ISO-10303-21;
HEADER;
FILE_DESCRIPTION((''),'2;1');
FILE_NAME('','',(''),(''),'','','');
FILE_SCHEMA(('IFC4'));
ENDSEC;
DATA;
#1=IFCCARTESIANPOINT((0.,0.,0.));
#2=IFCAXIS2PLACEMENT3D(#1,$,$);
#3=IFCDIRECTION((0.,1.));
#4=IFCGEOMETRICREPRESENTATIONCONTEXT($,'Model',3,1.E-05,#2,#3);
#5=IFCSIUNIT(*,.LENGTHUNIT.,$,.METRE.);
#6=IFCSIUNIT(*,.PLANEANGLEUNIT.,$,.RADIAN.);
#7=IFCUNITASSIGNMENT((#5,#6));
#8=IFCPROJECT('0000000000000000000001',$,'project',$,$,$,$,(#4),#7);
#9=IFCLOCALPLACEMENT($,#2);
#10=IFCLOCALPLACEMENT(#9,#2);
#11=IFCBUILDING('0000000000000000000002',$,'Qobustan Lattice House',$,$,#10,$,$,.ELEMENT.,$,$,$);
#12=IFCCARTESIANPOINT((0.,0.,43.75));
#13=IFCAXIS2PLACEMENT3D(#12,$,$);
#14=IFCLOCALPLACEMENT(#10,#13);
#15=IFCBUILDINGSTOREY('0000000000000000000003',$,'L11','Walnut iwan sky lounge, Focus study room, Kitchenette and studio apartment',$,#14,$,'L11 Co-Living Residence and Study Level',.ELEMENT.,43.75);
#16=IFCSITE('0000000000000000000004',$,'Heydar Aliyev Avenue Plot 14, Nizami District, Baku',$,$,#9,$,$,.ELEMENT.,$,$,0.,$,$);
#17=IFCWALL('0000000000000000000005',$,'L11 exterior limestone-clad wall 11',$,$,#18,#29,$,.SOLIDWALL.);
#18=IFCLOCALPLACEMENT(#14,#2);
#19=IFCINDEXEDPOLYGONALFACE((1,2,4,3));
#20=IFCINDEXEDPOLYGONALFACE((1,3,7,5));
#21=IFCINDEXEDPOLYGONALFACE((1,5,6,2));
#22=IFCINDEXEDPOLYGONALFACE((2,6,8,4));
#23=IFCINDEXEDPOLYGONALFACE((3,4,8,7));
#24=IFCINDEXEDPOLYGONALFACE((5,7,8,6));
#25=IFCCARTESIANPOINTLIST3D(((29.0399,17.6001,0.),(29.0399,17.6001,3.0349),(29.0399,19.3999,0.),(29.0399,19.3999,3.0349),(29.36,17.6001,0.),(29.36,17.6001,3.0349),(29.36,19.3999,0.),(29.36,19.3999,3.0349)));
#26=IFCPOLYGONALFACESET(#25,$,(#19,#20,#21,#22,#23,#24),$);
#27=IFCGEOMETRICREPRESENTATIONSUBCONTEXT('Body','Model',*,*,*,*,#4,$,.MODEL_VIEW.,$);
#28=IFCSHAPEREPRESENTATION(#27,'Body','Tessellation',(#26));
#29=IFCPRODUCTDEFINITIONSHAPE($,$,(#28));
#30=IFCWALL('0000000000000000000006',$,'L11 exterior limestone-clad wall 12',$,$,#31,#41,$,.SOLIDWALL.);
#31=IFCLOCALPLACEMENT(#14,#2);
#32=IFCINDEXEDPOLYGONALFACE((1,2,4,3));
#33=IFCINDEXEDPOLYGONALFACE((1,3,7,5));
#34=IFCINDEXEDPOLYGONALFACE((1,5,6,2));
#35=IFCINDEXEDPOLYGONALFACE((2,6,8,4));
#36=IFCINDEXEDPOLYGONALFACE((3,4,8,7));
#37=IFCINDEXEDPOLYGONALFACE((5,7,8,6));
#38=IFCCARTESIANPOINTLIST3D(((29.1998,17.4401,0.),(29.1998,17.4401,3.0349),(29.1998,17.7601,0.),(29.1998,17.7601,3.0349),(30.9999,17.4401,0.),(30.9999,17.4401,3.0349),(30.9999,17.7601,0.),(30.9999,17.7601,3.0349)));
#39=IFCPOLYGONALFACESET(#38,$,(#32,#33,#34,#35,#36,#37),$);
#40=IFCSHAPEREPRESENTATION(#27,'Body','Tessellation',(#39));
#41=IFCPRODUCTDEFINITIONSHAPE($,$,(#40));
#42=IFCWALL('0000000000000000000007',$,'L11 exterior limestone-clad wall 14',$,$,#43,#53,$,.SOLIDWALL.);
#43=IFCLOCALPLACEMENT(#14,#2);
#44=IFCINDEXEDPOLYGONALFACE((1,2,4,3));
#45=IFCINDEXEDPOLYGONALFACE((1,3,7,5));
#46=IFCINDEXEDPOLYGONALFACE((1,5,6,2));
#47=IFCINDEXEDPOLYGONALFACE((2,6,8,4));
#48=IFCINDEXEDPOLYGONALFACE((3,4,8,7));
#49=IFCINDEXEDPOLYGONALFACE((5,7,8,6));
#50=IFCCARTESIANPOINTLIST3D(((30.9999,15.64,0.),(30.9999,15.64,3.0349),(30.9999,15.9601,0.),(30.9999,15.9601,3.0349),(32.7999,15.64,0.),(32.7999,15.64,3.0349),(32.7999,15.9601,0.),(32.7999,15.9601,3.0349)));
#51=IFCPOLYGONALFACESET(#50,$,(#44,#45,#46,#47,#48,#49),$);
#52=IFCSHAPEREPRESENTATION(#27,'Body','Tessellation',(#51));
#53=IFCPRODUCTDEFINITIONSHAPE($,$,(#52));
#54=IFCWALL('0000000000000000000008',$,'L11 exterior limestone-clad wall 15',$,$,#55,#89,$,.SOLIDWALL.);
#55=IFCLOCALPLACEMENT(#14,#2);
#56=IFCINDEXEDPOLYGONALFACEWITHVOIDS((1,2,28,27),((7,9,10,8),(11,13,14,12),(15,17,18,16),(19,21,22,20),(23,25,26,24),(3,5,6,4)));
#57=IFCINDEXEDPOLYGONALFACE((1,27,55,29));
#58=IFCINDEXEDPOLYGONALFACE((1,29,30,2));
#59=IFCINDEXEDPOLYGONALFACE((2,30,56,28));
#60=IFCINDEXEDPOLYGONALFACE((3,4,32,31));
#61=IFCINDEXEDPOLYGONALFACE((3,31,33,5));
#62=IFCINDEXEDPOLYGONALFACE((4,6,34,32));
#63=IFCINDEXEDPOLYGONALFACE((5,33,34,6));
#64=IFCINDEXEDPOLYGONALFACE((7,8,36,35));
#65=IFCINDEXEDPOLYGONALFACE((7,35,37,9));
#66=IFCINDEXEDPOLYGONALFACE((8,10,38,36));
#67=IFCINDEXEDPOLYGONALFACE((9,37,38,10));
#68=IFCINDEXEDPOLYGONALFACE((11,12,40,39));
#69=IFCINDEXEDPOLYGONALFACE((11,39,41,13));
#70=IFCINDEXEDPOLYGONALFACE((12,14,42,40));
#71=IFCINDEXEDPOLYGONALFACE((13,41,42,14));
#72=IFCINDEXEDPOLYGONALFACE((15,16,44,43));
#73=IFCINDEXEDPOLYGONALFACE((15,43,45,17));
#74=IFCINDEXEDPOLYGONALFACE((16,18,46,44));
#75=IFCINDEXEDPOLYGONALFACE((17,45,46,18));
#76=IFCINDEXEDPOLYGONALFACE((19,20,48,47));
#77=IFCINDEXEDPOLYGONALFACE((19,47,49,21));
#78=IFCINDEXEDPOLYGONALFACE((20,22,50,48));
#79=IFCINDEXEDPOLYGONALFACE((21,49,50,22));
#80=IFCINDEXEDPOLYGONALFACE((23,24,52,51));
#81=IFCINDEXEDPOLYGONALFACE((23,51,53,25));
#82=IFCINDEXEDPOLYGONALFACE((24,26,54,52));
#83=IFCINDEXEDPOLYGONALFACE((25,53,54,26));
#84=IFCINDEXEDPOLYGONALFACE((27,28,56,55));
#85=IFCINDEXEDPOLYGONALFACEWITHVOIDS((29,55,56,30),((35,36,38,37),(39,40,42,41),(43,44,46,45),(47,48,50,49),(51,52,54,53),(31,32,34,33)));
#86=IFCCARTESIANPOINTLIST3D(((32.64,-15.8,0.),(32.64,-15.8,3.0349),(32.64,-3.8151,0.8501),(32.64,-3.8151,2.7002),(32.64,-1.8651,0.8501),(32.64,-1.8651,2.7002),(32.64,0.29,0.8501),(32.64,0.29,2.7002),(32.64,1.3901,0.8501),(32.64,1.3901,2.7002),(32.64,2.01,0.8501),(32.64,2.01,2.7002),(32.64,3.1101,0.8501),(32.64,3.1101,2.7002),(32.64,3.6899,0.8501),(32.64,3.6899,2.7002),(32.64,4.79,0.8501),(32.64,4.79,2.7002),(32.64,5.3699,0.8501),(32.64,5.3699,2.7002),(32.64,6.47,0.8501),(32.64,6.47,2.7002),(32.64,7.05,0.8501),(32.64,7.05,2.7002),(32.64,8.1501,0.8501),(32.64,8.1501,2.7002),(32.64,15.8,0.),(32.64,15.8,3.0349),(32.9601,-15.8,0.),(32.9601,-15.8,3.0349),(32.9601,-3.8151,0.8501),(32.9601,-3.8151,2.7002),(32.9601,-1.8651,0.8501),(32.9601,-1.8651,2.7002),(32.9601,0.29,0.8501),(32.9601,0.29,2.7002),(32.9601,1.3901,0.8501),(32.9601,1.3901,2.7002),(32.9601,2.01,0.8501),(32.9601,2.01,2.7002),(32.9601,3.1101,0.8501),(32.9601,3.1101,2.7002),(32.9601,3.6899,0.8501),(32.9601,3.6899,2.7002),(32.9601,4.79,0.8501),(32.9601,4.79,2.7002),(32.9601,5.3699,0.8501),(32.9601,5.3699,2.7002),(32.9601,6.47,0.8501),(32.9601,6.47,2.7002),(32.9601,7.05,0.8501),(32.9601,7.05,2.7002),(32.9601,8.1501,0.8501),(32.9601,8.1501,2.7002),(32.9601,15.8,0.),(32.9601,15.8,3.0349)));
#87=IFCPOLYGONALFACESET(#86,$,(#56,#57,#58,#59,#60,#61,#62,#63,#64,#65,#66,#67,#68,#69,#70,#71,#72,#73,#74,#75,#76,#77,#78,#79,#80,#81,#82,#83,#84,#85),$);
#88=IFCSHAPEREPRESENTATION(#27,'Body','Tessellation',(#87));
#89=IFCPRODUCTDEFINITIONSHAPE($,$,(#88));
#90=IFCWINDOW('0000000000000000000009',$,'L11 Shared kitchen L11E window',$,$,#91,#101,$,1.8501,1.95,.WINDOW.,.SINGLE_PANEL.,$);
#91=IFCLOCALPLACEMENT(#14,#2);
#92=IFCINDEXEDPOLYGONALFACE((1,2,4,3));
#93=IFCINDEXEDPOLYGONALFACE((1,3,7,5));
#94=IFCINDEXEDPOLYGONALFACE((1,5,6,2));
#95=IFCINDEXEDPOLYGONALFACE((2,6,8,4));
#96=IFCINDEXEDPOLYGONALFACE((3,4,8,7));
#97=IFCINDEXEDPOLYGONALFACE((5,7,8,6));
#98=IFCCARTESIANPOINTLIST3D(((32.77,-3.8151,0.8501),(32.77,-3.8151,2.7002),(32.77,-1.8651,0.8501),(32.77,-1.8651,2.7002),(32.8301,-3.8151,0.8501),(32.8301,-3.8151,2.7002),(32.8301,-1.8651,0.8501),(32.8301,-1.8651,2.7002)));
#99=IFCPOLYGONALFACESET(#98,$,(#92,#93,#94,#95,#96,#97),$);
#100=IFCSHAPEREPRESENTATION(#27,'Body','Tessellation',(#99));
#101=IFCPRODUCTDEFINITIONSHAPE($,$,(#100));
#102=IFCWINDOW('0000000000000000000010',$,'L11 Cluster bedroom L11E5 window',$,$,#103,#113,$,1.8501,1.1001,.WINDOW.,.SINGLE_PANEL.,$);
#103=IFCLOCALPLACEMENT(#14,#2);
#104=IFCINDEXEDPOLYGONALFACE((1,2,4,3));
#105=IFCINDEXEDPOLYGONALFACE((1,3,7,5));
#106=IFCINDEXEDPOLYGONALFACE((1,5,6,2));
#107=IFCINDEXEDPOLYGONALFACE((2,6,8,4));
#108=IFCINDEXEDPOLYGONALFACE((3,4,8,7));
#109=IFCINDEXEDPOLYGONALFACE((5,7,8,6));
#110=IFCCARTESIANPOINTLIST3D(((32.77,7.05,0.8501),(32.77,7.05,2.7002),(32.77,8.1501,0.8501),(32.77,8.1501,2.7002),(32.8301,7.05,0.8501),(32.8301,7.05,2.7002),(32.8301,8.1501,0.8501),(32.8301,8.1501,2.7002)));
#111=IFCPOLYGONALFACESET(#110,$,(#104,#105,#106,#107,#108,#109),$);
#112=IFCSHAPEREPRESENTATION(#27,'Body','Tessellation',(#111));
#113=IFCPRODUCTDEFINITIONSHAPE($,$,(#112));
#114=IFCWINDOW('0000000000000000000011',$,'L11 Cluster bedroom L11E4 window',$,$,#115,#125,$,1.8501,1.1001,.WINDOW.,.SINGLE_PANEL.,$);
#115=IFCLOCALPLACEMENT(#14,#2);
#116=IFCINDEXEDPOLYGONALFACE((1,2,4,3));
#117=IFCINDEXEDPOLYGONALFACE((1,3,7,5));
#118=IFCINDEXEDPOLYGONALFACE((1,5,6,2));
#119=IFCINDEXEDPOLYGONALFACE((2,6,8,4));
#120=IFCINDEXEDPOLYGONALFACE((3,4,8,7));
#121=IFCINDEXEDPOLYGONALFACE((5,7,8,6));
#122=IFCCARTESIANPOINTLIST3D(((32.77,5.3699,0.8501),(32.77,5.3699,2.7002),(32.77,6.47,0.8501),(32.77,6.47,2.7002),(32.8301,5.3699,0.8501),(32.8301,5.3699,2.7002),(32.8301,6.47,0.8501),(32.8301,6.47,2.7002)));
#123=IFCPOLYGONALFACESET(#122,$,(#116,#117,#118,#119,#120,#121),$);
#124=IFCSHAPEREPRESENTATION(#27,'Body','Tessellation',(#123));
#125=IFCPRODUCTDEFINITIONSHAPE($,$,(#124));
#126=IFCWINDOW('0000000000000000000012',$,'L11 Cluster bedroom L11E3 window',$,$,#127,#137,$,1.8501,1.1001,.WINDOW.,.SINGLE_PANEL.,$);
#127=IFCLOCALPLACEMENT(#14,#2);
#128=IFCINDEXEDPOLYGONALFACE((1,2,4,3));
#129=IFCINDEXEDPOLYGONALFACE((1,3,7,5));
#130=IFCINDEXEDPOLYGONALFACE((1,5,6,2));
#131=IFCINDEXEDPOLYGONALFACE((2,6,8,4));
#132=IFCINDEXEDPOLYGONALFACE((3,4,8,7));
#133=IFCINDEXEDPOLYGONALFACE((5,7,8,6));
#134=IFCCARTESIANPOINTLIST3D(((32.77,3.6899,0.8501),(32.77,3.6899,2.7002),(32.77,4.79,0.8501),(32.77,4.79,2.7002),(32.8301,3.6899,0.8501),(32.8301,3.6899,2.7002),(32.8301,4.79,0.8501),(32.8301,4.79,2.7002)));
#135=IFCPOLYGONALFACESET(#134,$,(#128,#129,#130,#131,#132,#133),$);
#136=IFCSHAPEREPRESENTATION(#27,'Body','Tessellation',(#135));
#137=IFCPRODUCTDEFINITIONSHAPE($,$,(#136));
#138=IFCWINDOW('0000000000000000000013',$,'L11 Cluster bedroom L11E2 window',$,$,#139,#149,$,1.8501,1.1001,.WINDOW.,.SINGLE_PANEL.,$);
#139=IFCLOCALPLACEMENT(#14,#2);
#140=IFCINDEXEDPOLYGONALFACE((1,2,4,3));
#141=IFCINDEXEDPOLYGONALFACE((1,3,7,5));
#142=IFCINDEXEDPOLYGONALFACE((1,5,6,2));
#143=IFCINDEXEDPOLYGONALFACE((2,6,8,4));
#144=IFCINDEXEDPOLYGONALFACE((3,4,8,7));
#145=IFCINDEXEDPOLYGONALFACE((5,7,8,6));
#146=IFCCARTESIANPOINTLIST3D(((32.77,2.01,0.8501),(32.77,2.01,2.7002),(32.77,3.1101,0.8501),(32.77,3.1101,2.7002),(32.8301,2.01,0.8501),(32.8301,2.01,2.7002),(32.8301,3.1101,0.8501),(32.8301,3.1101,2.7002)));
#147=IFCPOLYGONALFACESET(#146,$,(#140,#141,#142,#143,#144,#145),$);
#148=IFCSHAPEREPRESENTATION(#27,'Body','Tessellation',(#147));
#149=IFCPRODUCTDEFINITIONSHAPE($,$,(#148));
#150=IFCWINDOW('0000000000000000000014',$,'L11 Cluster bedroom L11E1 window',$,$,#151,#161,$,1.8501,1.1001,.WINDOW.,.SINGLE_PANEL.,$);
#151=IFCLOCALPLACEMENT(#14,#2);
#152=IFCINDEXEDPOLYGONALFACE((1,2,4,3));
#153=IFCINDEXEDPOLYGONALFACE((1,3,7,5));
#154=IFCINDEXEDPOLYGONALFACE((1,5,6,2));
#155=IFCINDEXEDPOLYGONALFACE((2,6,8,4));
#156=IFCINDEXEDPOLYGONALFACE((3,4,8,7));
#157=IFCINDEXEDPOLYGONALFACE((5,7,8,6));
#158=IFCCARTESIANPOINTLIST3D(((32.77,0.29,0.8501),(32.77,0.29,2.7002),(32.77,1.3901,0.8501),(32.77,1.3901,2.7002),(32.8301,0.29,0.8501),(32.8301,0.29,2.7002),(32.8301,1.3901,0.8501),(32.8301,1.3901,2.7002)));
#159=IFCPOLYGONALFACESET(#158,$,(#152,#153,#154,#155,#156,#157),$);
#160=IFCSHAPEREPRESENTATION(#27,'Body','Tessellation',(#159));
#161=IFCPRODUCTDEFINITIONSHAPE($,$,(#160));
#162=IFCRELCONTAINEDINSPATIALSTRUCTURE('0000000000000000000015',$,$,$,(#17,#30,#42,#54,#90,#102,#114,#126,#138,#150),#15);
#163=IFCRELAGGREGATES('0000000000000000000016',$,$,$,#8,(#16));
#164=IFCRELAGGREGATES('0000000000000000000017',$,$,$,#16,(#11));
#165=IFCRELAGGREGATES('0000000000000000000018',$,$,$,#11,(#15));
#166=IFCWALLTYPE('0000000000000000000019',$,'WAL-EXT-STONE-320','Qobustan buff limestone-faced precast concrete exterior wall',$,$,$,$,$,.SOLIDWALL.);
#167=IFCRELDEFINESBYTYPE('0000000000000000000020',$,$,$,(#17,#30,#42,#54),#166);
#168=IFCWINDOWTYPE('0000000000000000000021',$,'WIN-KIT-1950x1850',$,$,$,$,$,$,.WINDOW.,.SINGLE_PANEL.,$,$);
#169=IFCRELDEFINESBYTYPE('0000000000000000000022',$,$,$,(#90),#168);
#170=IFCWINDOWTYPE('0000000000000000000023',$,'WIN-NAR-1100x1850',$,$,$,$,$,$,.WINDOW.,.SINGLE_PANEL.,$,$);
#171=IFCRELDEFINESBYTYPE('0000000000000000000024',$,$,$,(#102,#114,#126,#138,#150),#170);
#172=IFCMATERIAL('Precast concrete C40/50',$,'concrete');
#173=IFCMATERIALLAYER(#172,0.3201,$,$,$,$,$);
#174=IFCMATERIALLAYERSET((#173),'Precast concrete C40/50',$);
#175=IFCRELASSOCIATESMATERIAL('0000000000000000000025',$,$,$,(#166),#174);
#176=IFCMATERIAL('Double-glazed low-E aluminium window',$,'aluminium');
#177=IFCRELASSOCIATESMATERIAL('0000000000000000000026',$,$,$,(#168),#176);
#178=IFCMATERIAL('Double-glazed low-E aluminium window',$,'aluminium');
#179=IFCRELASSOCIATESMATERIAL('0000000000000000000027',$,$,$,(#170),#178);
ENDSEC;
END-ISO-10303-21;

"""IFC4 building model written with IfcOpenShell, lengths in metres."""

from ifc_helpers import new_model, si_unit, direction, frame, frame_2d, origin, place, context, subcontext, project, spatial, rectangle, extrude, material, layer, layer_set, type_object, element, fill, save


model = new_model("IFC4")

# Units and contexts
model_context = context("Model", 3, precision=1e-05, world=origin(), true_north=direction((0.0, 1.0)))
body_context = subcontext(model_context, "Body", "Model", "MODEL_VIEW")
ifc_project = project(units=[si_unit("LENGTHUNIT", "METRE"), si_unit("PLANEANGLEUNIT", "RADIAN")], contexts=[model_context])

# Site, building, storey
site_placement = place(None, origin())
site = spatial("IfcSite", under=ifc_project, at=site_placement, Name="Heydar Aliyev Avenue Plot 14, Nizami District, Baku", CompositionType="ELEMENT", RefElevation=0.0)
building_placement = place(site_placement, origin())
building = spatial("IfcBuilding", under=site, at=building_placement, Name="Qobustan Lattice House", CompositionType="ELEMENT")
storey_placement = place(building_placement, frame((0.0, 0.0, 43.75)))
storey = spatial("IfcBuildingStorey", under=building, at=storey_placement, Name="L11", Description="Walnut iwan sky lounge, Focus study room, Kitchenette and studio apartment", LongName="L11 Co-Living Residence and Study Level", CompositionType="ELEMENT", Elevation=43.75)

# Walls
ifc_material_1 = material(Name="Precast concrete C40/50", Category="concrete")
ifc_layer_1 = layer(ifc_material_1, 0.3201)
ifc_layer_set_1 = layer_set([ifc_layer_1], Name="Precast concrete C40/50")
wall_type = type_object("IfcWallType", Name="WAL-EXT-STONE-320", Description="Qobustan buff limestone-faced precast concrete exterior wall", PredefinedType="SOLIDWALL", material=ifc_layer_set_1)
wall_1_placement = place(storey_placement, frame((29.2, 19.3999, 0.0), z_axis=(0.0, 0.0, 1.0), x_axis=(0.0, -1.0, 0.0)))
element("IfcWall", 1, at=wall_1_placement, inside=storey, type_object=wall_type, Name="L11 exterior limestone-clad wall 11", PredefinedType="SOLIDWALL", context=body_context, shape_type="SweptSolid", body=[
    extrude(rectangle(XDim=1.7998, YDim=0.3201, at=frame_2d((0.8999, 0.0))), origin(), (0.0, 0.0, 1.0), 3.0349),
])
for number, where, z_axis, x_axis, name in (
    (2, (29.2, 17.6001, 0.0), (0.0, 0.0, 1.0), (1.0, 0.0, 0.0), "L11 exterior limestone-clad wall 12"),
    (3, (31.0, 15.8, 0.0), (0.0, 0.0, 1.0), (1.0, 0.0, 0.0), "L11 exterior limestone-clad wall 14"),
):
    element("IfcWall", number, at=place(storey_placement, frame(where, z_axis=z_axis, x_axis=x_axis)), inside=storey, type_object=wall_type, Name=name, PredefinedType="SOLIDWALL", context=body_context, shape_type="SweptSolid", body=[
        extrude(rectangle(XDim=1.8, YDim=0.3201, at=frame_2d((0.8999, 0.0))), origin(), (0.0, 0.0, 1.0), 3.0349),
    ])

# Wall, openings, windows
wall_2_placement = place(storey_placement, frame((32.8, 15.8, 0.0), z_axis=(0.0, 0.0, 1.0), x_axis=(0.0, -1.0, 0.0)))
wall_2 = element("IfcWall", 4, at=wall_2_placement, inside=storey, type_object=wall_type, Name="L11 exterior limestone-clad wall 15", PredefinedType="SOLIDWALL", context=body_context, shape_type="SweptSolid", body=[
    extrude(rectangle(XDim=31.6001, YDim=0.3201, at=frame_2d((15.8, 0.0))), origin(), (0.0, 0.0, 1.0), 3.0349),
])
opening_1_placement = place(wall_2_placement, frame((7.6499, 0.0, 0.8501)))
opening_1 = element("IfcOpeningElement", 5, at=opening_1_placement, cuts=wall_2, PredefinedType="OPENING", context=body_context, shape_type="SweptSolid", body=[
    extrude(rectangle(XDim=1.1001, YDim=1.8501, at=frame_2d((0.55, 0.925))), frame((0.0, 0.1699, 0.0), z_axis=(0.0, -1.0, 0.0), x_axis=(1.0, 0.0, 0.0)), (0.0, 0.0, 1.0), 0.3401),
])
opening_2_placement = place(wall_2_placement, frame((9.3301, 0.0, 0.8501)))
opening_2 = element("IfcOpeningElement", 6, at=opening_2_placement, cuts=wall_2, PredefinedType="OPENING", context=body_context, shape_type="SweptSolid", body=[
    extrude(rectangle(XDim=1.1001, YDim=1.8501, at=frame_2d((0.55, 0.925))), frame((0.0, 0.1699, 0.0), z_axis=(0.0, -1.0, 0.0), x_axis=(1.0, 0.0, 0.0)), (0.0, 0.0, 1.0), 0.3401),
])
opening_3_placement = place(wall_2_placement, frame((11.01, 0.0, 0.8501)))
opening_3 = element("IfcOpeningElement", 7, at=opening_3_placement, cuts=wall_2, PredefinedType="OPENING", context=body_context, shape_type="SweptSolid", body=[
    extrude(rectangle(XDim=1.1001, YDim=1.8501, at=frame_2d((0.55, 0.925))), frame((0.0, 0.1699, 0.0), z_axis=(0.0, -1.0, 0.0), x_axis=(1.0, 0.0, 0.0)), (0.0, 0.0, 1.0), 0.3401),
])
opening_4_placement = place(wall_2_placement, frame((12.6899, 0.0, 0.8501)))
opening_4 = element("IfcOpeningElement", 8, at=opening_4_placement, cuts=wall_2, PredefinedType="OPENING", context=body_context, shape_type="SweptSolid", body=[
    extrude(rectangle(XDim=1.1001, YDim=1.8501, at=frame_2d((0.55, 0.925))), frame((0.0, 0.1699, 0.0), z_axis=(0.0, -1.0, 0.0), x_axis=(1.0, 0.0, 0.0)), (0.0, 0.0, 1.0), 0.3401),
])
opening_5_placement = place(wall_2_placement, frame((14.4099, 0.0, 0.8501)))
opening_5 = element("IfcOpeningElement", 9, at=opening_5_placement, cuts=wall_2, PredefinedType="OPENING", context=body_context, shape_type="SweptSolid", body=[
    extrude(rectangle(XDim=1.1001, YDim=1.8501, at=frame_2d((0.55, 0.925))), frame((0.0, 0.1699, 0.0), z_axis=(0.0, -1.0, 0.0), x_axis=(1.0, 0.0, 0.0)), (0.0, 0.0, 1.0), 0.3401),
])
opening_6_placement = place(wall_2_placement, frame((17.665, 0.0, 0.8501)))
opening_6 = element("IfcOpeningElement", 10, at=opening_6_placement, cuts=wall_2, PredefinedType="OPENING", context=body_context, shape_type="SweptSolid", body=[
    extrude(rectangle(XDim=1.95, YDim=1.8501, at=frame_2d((0.9751, 0.925))), frame((0.0, 0.1699, 0.0), z_axis=(0.0, -1.0, 0.0), x_axis=(1.0, 0.0, 0.0)), (0.0, 0.0, 1.0), 0.3401),
])
ifc_material_2 = material(Name="Double-glazed low-E aluminium window", Category="aluminium")
window_type_1 = type_object("IfcWindowType", Name="WIN-KIT-1950x1850", PartitioningType="SINGLE_PANEL", PredefinedType="WINDOW", material=ifc_material_2)
window_1_placement = place(opening_6_placement, origin())
window_1 = element("IfcWindow", 11, at=window_1_placement, inside=storey, type_object=window_type_1, Name="L11 Shared kitchen L11E window", OverallHeight=1.8501, OverallWidth=1.95, PartitioningType="SINGLE_PANEL", PredefinedType="WINDOW", context=body_context, shape_type="SweptSolid", body=[
    extrude(rectangle(XDim=1.95, YDim=1.8501, at=frame_2d((0.9751, 0.925))), frame((0.0, 0.03, 0.0), z_axis=(0.0, -1.0, 0.0), x_axis=(1.0, 0.0, 0.0)), (0.0, 0.0, 1.0), 0.0601),
])
fill(opening_6, window_1)
ifc_material_3 = material(Name="Double-glazed low-E aluminium window", Category="aluminium")
window_type_2 = type_object("IfcWindowType", Name="WIN-NAR-1100x1850", PartitioningType="SINGLE_PANEL", PredefinedType="WINDOW", material=ifc_material_3)
window_2_placement = place(opening_1_placement, origin())
window_2 = element("IfcWindow", 12, at=window_2_placement, inside=storey, type_object=window_type_2, Name="L11 Cluster bedroom L11E5 window", OverallHeight=1.8501, OverallWidth=1.1001, PartitioningType="SINGLE_PANEL", PredefinedType="WINDOW", context=body_context, shape_type="SweptSolid", body=[
    extrude(rectangle(XDim=1.1001, YDim=1.8501, at=frame_2d((0.55, 0.925))), frame((0.0, 0.03, 0.0), z_axis=(0.0, -1.0, 0.0), x_axis=(1.0, 0.0, 0.0)), (0.0, 0.0, 1.0), 0.0601),
])
fill(opening_1, window_2)
window_3_placement = place(opening_2_placement, origin())
window_3 = element("IfcWindow", 13, at=window_3_placement, inside=storey, type_object=window_type_2, Name="L11 Cluster bedroom L11E4 window", OverallHeight=1.8501, OverallWidth=1.1001, PartitioningType="SINGLE_PANEL", PredefinedType="WINDOW", context=body_context, shape_type="SweptSolid", body=[
    extrude(rectangle(XDim=1.1001, YDim=1.8501, at=frame_2d((0.55, 0.925))), frame((0.0, 0.03, 0.0), z_axis=(0.0, -1.0, 0.0), x_axis=(1.0, 0.0, 0.0)), (0.0, 0.0, 1.0), 0.0601),
])
fill(opening_2, window_3)
window_4_placement = place(opening_3_placement, origin())
window_4 = element("IfcWindow", 14, at=window_4_placement, inside=storey, type_object=window_type_2, Name="L11 Cluster bedroom L11E3 window", OverallHeight=1.8501, OverallWidth=1.1001, PartitioningType="SINGLE_PANEL", PredefinedType="WINDOW", context=body_context, shape_type="SweptSolid", body=[
    extrude(rectangle(XDim=1.1001, YDim=1.8501, at=frame_2d((0.55, 0.925))), frame((0.0, 0.03, 0.0), z_axis=(0.0, -1.0, 0.0), x_axis=(1.0, 0.0, 0.0)), (0.0, 0.0, 1.0), 0.0601),
])
fill(opening_3, window_4)
window_5_placement = place(opening_4_placement, origin())
window_5 = element("IfcWindow", 15, at=window_5_placement, inside=storey, type_object=window_type_2, Name="L11 Cluster bedroom L11E2 window", OverallHeight=1.8501, OverallWidth=1.1001, PartitioningType="SINGLE_PANEL", PredefinedType="WINDOW", context=body_context, shape_type="SweptSolid", body=[
    extrude(rectangle(XDim=1.1001, YDim=1.8501, at=frame_2d((0.55, 0.925))), frame((0.0, 0.03, 0.0), z_axis=(0.0, -1.0, 0.0), x_axis=(1.0, 0.0, 0.0)), (0.0, 0.0, 1.0), 0.0601),
])
fill(opening_4, window_5)
window_6_placement = place(opening_5_placement, origin())
window_6 = element("IfcWindow", 16, at=window_6_placement, inside=storey, type_object=window_type_2, Name="L11 Cluster bedroom L11E1 window", OverallHeight=1.8501, OverallWidth=1.1001, PartitioningType="SINGLE_PANEL", PredefinedType="WINDOW", context=body_context, shape_type="SweptSolid", body=[
    extrude(rectangle(XDim=1.1001, YDim=1.8501, at=frame_2d((0.55, 0.925))), frame((0.0, 0.03, 0.0), z_axis=(0.0, -1.0, 0.0), x_axis=(1.0, 0.0, 0.0)), (0.0, 0.0, 1.0), 0.0601),
])
fill(opening_5, window_6)

save(model, "model.ifc")
